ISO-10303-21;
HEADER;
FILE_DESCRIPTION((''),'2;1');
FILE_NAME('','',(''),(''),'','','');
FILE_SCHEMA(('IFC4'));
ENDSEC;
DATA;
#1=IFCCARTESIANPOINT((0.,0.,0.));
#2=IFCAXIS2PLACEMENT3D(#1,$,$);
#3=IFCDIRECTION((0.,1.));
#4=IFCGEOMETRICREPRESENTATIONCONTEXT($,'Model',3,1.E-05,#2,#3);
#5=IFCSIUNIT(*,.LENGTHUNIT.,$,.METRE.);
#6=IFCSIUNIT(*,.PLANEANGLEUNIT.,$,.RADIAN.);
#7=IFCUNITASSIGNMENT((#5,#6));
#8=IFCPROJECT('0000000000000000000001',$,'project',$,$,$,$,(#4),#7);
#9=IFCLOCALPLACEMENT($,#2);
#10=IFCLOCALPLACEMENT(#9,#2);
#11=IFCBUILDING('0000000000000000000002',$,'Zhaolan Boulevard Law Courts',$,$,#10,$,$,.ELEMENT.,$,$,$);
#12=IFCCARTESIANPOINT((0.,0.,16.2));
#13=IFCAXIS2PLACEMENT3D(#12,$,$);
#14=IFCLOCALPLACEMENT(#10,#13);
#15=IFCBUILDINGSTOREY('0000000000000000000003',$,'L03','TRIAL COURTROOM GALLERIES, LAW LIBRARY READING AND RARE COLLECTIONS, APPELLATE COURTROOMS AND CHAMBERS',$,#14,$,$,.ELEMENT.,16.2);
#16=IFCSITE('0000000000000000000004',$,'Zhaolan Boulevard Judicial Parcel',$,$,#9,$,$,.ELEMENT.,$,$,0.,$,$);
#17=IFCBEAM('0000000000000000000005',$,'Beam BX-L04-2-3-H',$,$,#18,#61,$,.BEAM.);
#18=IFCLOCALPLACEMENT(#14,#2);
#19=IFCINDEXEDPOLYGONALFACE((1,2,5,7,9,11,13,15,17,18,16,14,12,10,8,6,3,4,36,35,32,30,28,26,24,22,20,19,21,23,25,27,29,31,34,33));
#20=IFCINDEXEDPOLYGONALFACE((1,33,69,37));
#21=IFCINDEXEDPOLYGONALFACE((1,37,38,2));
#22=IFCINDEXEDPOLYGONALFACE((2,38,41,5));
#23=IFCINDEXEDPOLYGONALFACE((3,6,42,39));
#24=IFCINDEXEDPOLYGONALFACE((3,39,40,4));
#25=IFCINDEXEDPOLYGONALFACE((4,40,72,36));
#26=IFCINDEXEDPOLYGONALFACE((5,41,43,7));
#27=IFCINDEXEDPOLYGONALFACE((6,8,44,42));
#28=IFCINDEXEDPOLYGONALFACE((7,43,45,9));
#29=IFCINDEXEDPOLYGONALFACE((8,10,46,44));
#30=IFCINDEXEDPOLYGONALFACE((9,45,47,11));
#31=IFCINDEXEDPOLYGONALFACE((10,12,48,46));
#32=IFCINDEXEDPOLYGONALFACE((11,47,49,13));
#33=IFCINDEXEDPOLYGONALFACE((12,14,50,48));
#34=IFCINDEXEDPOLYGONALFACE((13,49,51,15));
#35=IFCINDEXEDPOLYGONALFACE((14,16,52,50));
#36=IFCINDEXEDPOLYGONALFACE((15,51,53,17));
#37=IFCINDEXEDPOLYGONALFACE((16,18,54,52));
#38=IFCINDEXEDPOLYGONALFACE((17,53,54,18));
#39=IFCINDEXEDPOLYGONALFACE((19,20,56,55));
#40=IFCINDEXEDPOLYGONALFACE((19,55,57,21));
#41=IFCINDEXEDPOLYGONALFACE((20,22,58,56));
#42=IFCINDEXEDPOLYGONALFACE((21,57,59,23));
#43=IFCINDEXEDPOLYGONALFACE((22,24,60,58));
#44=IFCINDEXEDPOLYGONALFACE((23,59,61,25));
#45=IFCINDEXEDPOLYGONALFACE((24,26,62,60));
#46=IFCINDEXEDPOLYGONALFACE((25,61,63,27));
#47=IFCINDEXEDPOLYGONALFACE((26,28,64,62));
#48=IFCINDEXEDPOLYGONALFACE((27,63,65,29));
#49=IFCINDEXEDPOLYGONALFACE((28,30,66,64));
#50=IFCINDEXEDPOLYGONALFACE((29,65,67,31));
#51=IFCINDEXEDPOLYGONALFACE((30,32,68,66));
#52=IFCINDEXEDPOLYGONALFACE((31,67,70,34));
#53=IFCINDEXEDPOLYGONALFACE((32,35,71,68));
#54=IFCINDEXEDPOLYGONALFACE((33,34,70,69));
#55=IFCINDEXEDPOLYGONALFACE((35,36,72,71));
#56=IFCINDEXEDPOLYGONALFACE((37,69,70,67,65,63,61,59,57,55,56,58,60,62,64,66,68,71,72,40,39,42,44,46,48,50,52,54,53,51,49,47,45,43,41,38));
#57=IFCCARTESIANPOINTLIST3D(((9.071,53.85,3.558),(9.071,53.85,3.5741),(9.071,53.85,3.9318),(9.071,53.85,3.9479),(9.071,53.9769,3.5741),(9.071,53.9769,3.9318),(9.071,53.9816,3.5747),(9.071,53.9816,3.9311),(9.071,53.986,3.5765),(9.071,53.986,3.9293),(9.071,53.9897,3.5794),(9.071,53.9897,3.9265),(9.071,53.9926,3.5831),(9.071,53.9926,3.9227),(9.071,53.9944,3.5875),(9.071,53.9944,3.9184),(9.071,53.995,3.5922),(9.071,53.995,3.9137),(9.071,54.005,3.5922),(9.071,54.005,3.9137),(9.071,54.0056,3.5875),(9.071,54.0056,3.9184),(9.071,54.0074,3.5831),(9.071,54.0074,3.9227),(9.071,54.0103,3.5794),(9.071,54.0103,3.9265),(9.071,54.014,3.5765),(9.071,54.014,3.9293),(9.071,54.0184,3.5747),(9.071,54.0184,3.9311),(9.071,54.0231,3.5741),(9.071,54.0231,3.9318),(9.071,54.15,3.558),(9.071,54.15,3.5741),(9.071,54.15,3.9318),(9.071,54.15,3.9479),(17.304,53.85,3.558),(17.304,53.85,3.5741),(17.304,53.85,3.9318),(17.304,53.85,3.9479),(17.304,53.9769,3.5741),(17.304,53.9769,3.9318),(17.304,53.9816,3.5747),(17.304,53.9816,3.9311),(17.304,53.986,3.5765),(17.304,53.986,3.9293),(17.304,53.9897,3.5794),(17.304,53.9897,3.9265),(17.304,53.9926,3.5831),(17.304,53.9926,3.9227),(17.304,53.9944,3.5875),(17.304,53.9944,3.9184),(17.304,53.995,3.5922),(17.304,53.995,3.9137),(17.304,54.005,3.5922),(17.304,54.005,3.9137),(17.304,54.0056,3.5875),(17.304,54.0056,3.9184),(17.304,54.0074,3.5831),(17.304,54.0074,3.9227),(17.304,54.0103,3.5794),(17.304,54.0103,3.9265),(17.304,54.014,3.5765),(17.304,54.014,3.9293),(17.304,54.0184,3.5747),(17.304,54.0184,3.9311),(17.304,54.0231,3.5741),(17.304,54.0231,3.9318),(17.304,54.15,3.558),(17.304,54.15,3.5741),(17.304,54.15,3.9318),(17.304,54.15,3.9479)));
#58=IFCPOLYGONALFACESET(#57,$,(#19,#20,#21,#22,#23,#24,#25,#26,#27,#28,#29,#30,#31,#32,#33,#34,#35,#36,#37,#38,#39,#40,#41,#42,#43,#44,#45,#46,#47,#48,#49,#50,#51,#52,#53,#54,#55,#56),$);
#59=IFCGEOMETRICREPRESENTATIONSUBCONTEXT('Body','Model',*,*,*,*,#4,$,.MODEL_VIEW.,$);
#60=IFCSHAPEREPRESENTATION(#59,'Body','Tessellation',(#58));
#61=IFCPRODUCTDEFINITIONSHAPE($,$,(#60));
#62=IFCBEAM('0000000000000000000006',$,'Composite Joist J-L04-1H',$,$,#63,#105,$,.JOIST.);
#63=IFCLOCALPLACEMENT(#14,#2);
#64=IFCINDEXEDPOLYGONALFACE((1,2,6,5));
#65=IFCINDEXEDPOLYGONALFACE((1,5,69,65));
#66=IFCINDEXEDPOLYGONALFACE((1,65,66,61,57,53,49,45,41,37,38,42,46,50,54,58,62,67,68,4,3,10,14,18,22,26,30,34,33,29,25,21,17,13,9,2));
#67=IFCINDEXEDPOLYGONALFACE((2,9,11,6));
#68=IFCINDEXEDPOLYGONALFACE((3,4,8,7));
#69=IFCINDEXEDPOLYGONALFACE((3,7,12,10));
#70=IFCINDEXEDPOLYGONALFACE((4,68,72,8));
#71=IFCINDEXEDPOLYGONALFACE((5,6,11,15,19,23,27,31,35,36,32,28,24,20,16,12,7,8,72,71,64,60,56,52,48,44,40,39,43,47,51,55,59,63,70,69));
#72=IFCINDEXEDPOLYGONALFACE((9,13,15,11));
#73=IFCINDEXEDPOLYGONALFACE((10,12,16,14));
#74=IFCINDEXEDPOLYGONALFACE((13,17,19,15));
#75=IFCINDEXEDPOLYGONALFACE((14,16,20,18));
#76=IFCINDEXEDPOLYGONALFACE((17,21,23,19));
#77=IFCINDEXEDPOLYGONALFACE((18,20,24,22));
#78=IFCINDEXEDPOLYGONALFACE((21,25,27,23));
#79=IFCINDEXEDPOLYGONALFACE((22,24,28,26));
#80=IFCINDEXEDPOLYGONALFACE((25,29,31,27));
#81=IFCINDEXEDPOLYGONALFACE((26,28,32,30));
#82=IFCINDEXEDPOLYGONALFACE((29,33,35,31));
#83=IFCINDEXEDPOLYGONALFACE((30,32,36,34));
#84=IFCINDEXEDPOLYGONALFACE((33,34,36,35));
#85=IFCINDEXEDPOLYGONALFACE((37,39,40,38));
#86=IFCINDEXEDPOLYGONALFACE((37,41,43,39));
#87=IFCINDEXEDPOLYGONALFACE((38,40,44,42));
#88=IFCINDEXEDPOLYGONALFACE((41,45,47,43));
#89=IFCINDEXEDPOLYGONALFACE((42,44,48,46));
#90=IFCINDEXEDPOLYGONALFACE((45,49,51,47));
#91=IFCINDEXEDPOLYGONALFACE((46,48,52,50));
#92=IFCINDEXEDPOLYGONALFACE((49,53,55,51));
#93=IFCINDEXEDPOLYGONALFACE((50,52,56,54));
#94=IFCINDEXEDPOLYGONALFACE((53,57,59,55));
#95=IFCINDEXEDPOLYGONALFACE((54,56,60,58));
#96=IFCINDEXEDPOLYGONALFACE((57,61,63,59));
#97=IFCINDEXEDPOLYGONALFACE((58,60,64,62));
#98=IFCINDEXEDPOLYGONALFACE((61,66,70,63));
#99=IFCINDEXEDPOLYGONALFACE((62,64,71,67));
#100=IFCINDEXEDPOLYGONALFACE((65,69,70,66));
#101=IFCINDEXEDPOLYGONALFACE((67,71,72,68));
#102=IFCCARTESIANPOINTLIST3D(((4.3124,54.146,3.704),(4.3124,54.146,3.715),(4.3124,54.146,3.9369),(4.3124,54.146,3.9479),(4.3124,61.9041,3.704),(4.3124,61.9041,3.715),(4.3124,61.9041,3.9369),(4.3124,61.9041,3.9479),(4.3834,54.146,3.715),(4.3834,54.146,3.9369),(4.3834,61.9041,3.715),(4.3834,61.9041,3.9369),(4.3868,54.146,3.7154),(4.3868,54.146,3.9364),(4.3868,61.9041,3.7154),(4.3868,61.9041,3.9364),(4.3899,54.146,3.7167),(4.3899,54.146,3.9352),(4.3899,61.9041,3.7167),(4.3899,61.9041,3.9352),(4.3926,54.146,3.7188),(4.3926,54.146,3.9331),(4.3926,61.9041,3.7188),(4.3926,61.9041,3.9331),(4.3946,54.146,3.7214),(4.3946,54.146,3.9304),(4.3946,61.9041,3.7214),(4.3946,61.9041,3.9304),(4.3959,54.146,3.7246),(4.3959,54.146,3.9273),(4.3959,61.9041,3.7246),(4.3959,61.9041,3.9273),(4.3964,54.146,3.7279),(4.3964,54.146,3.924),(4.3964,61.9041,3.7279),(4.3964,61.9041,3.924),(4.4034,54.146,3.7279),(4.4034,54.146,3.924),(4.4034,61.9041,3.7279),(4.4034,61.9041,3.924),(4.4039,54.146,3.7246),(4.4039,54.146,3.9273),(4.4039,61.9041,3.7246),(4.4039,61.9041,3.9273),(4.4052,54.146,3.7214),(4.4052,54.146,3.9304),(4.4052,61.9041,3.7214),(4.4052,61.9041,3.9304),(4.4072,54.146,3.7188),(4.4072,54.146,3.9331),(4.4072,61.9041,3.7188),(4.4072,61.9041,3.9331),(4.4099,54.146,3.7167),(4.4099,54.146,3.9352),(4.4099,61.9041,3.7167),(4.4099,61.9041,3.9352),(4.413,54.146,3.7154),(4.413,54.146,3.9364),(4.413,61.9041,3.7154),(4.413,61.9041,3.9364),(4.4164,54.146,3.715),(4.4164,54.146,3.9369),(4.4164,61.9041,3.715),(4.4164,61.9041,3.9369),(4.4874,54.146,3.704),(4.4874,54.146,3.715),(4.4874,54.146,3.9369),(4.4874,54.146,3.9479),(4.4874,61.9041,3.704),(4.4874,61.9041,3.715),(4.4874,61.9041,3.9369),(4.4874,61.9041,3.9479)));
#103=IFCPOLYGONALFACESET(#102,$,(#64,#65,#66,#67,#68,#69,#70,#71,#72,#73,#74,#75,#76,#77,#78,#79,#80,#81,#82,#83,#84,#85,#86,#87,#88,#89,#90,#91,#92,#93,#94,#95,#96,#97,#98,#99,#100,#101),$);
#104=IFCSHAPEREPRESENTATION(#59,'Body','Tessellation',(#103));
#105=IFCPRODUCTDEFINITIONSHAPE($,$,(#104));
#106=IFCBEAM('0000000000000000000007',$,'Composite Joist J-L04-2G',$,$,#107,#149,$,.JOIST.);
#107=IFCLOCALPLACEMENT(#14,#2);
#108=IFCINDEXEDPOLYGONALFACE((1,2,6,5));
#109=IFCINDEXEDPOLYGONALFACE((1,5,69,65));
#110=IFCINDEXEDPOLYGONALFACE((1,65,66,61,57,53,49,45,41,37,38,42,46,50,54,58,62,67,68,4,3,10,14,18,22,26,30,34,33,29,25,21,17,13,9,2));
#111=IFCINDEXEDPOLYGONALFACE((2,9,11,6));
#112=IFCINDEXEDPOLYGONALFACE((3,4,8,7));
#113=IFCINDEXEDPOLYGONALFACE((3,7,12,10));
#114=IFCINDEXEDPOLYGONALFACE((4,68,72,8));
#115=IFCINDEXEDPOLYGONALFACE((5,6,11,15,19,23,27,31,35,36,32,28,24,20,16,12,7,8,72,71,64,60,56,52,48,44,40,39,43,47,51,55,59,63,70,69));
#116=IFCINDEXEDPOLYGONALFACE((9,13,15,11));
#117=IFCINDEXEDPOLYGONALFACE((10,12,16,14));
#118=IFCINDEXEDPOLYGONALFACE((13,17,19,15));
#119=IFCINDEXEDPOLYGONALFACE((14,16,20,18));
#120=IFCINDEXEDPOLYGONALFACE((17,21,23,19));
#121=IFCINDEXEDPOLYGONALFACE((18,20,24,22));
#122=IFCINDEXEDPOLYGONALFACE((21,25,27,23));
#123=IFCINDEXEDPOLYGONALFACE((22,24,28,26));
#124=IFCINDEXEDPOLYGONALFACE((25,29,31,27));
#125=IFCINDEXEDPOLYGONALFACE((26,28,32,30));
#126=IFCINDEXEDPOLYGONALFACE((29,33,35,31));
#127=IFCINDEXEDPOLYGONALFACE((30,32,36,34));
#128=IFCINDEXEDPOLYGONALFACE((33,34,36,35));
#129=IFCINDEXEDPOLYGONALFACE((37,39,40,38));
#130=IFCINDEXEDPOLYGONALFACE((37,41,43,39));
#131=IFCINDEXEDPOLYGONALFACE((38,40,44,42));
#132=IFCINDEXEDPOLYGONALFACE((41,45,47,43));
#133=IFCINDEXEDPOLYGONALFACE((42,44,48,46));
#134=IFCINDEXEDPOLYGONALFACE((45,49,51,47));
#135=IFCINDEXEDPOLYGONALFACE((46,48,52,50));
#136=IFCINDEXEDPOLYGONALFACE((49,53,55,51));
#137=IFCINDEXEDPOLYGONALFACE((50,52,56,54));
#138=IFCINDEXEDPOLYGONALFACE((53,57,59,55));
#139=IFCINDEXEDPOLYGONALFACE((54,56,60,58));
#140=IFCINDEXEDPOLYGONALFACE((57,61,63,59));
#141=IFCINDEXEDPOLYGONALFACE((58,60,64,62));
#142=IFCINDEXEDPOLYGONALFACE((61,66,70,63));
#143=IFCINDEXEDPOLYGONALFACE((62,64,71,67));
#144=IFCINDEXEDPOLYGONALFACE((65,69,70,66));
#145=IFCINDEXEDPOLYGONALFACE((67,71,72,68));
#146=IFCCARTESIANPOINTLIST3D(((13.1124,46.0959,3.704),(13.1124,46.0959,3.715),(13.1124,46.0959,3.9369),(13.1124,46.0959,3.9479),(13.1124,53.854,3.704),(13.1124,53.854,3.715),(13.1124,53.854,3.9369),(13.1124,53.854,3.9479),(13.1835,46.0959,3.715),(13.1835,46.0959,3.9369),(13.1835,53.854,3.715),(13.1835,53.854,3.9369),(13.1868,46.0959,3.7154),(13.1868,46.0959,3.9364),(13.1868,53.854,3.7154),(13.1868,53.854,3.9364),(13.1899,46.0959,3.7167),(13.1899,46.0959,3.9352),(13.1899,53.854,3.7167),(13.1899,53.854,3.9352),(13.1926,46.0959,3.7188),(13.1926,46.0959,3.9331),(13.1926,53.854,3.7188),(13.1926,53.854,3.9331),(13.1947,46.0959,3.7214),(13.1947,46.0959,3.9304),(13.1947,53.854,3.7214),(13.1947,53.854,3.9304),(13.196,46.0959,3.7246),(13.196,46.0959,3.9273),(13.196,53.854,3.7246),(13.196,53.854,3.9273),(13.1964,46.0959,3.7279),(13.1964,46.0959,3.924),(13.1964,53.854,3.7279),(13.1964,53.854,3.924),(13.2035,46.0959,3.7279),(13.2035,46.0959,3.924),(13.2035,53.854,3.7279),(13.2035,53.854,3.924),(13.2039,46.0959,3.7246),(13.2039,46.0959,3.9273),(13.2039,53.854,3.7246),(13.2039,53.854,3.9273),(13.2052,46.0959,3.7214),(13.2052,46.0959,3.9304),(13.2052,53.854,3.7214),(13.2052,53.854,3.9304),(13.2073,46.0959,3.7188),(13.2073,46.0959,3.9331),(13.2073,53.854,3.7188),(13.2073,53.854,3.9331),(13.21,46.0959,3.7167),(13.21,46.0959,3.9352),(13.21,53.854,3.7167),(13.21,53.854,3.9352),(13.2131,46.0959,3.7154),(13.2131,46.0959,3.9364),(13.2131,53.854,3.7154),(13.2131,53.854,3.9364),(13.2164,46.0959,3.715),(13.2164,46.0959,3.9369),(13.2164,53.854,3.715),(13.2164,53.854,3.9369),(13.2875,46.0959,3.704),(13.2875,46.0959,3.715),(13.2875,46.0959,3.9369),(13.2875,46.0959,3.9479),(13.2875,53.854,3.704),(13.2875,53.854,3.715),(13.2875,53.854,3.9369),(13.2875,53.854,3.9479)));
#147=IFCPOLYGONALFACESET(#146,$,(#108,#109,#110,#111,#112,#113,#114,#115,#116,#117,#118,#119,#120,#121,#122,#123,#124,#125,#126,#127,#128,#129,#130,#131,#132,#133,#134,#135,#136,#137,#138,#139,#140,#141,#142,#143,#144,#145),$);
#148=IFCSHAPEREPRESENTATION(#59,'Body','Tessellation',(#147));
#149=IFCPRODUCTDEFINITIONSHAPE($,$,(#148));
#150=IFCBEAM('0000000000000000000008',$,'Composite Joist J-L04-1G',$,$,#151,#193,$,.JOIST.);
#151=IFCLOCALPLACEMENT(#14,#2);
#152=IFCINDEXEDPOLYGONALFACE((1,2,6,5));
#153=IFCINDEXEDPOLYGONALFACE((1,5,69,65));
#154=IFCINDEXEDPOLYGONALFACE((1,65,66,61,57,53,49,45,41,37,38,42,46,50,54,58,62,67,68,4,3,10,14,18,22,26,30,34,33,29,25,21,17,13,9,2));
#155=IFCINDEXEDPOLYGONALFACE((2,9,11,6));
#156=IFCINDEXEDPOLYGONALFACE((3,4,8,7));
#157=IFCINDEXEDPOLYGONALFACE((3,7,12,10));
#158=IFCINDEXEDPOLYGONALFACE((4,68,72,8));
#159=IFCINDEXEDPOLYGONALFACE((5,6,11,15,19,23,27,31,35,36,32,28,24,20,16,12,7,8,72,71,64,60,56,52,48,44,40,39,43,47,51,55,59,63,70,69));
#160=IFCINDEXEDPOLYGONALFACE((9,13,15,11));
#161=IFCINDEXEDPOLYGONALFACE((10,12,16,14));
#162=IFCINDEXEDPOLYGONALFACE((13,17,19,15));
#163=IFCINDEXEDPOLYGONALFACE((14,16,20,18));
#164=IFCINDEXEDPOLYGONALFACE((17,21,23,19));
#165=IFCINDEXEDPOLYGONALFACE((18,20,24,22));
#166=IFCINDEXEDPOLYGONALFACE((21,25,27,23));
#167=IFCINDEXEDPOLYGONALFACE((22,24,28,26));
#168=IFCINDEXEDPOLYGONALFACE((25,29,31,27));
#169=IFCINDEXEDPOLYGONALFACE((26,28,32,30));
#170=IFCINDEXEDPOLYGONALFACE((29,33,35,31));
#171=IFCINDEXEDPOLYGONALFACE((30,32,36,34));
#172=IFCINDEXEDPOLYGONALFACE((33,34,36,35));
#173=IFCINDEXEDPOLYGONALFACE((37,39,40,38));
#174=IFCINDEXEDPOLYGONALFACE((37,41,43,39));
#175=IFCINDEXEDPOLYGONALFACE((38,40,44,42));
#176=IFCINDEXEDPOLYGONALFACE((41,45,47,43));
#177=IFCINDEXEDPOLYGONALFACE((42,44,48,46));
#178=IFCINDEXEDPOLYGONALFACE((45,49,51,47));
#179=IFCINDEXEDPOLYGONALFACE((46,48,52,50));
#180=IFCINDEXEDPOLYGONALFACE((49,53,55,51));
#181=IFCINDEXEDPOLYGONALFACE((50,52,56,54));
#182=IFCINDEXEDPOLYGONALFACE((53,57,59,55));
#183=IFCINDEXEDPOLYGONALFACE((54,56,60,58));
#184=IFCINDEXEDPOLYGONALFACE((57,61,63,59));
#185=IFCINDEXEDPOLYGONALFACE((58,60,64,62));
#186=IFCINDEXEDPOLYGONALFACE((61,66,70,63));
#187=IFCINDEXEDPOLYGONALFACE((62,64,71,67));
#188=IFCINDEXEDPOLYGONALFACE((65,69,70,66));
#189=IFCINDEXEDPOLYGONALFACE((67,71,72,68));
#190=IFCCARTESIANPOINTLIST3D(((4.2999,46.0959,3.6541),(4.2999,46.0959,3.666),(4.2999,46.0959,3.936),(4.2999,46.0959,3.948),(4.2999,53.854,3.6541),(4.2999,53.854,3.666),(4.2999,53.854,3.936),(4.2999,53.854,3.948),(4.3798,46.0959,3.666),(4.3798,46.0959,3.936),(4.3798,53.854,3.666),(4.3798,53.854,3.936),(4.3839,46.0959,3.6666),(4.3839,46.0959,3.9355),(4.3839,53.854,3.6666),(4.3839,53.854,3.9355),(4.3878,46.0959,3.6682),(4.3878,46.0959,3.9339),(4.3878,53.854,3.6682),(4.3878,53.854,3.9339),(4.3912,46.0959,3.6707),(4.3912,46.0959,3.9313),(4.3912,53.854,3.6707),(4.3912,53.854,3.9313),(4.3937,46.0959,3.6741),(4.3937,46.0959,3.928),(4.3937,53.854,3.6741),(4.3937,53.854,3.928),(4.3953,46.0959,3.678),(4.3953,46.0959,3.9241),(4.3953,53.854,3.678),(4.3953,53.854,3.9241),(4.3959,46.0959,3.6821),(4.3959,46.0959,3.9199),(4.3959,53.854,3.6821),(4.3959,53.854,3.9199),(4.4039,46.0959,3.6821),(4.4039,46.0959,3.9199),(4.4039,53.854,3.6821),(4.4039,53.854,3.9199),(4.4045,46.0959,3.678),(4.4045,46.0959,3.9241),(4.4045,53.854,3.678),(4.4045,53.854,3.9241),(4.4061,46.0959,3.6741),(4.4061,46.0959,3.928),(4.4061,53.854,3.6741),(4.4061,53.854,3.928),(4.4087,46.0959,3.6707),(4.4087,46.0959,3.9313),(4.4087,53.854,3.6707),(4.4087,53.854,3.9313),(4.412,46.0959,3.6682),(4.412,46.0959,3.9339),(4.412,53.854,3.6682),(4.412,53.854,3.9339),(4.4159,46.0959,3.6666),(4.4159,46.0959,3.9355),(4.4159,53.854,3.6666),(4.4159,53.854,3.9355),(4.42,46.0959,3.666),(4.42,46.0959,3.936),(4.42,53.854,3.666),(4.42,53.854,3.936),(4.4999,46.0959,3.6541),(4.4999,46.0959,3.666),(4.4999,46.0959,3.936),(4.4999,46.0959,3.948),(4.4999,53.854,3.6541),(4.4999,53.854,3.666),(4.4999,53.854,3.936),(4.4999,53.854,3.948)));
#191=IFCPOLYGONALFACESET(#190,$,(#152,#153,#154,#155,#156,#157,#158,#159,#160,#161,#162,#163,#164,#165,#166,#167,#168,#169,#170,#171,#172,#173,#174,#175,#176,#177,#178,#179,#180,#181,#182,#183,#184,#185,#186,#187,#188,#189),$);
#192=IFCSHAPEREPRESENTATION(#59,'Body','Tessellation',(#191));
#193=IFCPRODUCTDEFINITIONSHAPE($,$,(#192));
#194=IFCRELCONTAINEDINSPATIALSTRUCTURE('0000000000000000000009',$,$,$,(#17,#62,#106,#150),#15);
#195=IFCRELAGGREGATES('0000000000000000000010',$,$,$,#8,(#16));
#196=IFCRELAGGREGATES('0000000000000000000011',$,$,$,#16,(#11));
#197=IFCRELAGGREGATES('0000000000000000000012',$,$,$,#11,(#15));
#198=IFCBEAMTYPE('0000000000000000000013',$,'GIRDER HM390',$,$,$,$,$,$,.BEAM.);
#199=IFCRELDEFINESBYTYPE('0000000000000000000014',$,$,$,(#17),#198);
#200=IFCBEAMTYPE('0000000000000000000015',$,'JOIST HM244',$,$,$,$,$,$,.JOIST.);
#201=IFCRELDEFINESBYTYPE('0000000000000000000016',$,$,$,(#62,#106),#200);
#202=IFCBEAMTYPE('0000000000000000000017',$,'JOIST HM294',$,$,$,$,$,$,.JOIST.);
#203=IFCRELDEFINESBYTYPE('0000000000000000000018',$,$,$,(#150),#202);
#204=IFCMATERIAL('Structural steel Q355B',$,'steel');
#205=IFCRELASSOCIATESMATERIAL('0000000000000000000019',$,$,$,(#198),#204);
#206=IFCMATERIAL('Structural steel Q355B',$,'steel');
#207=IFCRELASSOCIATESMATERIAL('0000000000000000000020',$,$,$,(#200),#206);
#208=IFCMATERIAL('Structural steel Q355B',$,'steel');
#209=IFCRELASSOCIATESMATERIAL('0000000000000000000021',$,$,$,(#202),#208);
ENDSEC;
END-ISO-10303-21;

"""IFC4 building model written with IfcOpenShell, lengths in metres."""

from ifc_helpers import new_model, si_unit, direction, frame, origin, origin_2d, place, context, subcontext, project, spatial, i_section, extrude, material, material_profile, profile_set, type_object, element, save


model = new_model("IFC4")

# Units and contexts
model_context = context("Model", 3, precision=1e-05, world=origin(), true_north=direction((0.0, 1.0)))
body_context = subcontext(model_context, "Body", "Model", "MODEL_VIEW")
ifc_project = project(units=[si_unit("LENGTHUNIT", "METRE"), si_unit("PLANEANGLEUNIT", "RADIAN")], contexts=[model_context])

# Site, building, storey
site_placement = place(None, origin())
site = spatial("IfcSite", under=ifc_project, at=site_placement, Name="Zhaolan Boulevard Judicial Parcel", CompositionType="ELEMENT", RefElevation=0.0)
building_placement = place(site_placement, origin())
building = spatial("IfcBuilding", under=site, at=building_placement, Name="Zhaolan Boulevard Law Courts", CompositionType="ELEMENT")
storey_placement = place(building_placement, frame((0.0, 0.0, 16.2)))
storey = spatial("IfcBuildingStorey", under=building, at=storey_placement, Name="L03", Description="TRIAL COURTROOM GALLERIES, LAW LIBRARY READING AND RARE COLLECTIONS, APPELLATE COURTROOMS AND CHAMBERS", CompositionType="ELEMENT", Elevation=16.2)

# Beams
ifc_material_1 = material(Name="Structural steel Q355B", Category="steel")
ifc_material_profile_1 = material_profile(ifc_material_1, i_section(OverallWidth=0.3, OverallDepth=0.3899, WebThickness=0.01, FlangeThickness=0.0161, FilletRadius=0.0181, at=origin_2d()), Name="HM390x300")
ifc_profile_set_1 = profile_set([ifc_material_profile_1], Name="Structural steel Q355B")
beam_type_1 = type_object("IfcBeamType", Name="GIRDER HM390", PredefinedType="BEAM", material=ifc_profile_set_1)
beam_1_placement = place(storey_placement, frame((9.071, 54.0, 3.7529), z_axis=(1.0, 0.0, 0.0), x_axis=(0.0, 1.0, 0.0)))
element("IfcBeam", 1, at=beam_1_placement, inside=storey, type_object=beam_type_1, Name="Beam BX-L04-2-3-H", PredefinedType="BEAM", context=body_context, shape_type="SweptSolid", body=[
    extrude(i_section(OverallWidth=0.3, OverallDepth=0.3899, WebThickness=0.01, FlangeThickness=0.0161, FilletRadius=0.0181, at=origin_2d()), origin(), (0.0, 0.0, 1.0), 8.2329),
])
ifc_material_2 = material(Name="Structural steel Q355B", Category="steel")
ifc_material_profile_2 = material_profile(ifc_material_2, i_section(OverallWidth=0.175, OverallDepth=0.2439, WebThickness=0.0071, FlangeThickness=0.011, FilletRadius=0.0129, at=origin_2d()), Name="HM244x175")
ifc_profile_set_2 = profile_set([ifc_material_profile_2], Name="Structural steel Q355B")
beam_type_2 = type_object("IfcBeamType", Name="JOIST HM244", PredefinedType="JOIST", material=ifc_profile_set_2)
for number, where, z_axis, x_axis, name in (
    (2, (4.3999, 54.146, 3.8259), (0.0, 1.0, 0.0), (-1.0, 0.0, 0.0), "Composite Joist J-L04-1H"),
    (3, (13.2, 46.0959, 3.8259), (0.0, 1.0, 0.0), (-1.0, 0.0, 0.0), "Composite Joist J-L04-2G"),
):
    element("IfcBeam", number, at=place(storey_placement, frame(where, z_axis=z_axis, x_axis=x_axis)), inside=storey, type_object=beam_type_2, Name=name, PredefinedType="JOIST", context=body_context, shape_type="SweptSolid", body=[
        extrude(i_section(OverallWidth=0.175, OverallDepth=0.2439, WebThickness=0.0071, FlangeThickness=0.011, FilletRadius=0.0129, at=origin_2d()), origin(), (0.0, 0.0, 1.0), 7.7581),
    ])
ifc_material_3 = material(Name="Structural steel Q355B", Category="steel")
ifc_material_profile_3 = material_profile(ifc_material_3, i_section(OverallWidth=0.2, OverallDepth=0.2939, WebThickness=0.0081, FlangeThickness=0.012, FilletRadius=0.0161, at=origin_2d()), Name="HM294x200")
ifc_profile_set_3 = profile_set([ifc_material_profile_3], Name="Structural steel Q355B")
beam_type_3 = type_object("IfcBeamType", Name="JOIST HM294", PredefinedType="JOIST", material=ifc_profile_set_3)
beam_2_placement = place(storey_placement, frame((4.3999, 46.0959, 3.801), z_axis=(0.0, 1.0, 0.0), x_axis=(-1.0, 0.0, 0.0)))
element("IfcBeam", 4, at=beam_2_placement, inside=storey, type_object=beam_type_3, Name="Composite Joist J-L04-1G", PredefinedType="JOIST", context=body_context, shape_type="SweptSolid", body=[
    extrude(i_section(OverallWidth=0.2, OverallDepth=0.2939, WebThickness=0.0081, FlangeThickness=0.012, FilletRadius=0.0161, at=origin_2d()), origin(), (0.0, 0.0, 1.0), 7.7581),
])

save(model, "model.ifc")
